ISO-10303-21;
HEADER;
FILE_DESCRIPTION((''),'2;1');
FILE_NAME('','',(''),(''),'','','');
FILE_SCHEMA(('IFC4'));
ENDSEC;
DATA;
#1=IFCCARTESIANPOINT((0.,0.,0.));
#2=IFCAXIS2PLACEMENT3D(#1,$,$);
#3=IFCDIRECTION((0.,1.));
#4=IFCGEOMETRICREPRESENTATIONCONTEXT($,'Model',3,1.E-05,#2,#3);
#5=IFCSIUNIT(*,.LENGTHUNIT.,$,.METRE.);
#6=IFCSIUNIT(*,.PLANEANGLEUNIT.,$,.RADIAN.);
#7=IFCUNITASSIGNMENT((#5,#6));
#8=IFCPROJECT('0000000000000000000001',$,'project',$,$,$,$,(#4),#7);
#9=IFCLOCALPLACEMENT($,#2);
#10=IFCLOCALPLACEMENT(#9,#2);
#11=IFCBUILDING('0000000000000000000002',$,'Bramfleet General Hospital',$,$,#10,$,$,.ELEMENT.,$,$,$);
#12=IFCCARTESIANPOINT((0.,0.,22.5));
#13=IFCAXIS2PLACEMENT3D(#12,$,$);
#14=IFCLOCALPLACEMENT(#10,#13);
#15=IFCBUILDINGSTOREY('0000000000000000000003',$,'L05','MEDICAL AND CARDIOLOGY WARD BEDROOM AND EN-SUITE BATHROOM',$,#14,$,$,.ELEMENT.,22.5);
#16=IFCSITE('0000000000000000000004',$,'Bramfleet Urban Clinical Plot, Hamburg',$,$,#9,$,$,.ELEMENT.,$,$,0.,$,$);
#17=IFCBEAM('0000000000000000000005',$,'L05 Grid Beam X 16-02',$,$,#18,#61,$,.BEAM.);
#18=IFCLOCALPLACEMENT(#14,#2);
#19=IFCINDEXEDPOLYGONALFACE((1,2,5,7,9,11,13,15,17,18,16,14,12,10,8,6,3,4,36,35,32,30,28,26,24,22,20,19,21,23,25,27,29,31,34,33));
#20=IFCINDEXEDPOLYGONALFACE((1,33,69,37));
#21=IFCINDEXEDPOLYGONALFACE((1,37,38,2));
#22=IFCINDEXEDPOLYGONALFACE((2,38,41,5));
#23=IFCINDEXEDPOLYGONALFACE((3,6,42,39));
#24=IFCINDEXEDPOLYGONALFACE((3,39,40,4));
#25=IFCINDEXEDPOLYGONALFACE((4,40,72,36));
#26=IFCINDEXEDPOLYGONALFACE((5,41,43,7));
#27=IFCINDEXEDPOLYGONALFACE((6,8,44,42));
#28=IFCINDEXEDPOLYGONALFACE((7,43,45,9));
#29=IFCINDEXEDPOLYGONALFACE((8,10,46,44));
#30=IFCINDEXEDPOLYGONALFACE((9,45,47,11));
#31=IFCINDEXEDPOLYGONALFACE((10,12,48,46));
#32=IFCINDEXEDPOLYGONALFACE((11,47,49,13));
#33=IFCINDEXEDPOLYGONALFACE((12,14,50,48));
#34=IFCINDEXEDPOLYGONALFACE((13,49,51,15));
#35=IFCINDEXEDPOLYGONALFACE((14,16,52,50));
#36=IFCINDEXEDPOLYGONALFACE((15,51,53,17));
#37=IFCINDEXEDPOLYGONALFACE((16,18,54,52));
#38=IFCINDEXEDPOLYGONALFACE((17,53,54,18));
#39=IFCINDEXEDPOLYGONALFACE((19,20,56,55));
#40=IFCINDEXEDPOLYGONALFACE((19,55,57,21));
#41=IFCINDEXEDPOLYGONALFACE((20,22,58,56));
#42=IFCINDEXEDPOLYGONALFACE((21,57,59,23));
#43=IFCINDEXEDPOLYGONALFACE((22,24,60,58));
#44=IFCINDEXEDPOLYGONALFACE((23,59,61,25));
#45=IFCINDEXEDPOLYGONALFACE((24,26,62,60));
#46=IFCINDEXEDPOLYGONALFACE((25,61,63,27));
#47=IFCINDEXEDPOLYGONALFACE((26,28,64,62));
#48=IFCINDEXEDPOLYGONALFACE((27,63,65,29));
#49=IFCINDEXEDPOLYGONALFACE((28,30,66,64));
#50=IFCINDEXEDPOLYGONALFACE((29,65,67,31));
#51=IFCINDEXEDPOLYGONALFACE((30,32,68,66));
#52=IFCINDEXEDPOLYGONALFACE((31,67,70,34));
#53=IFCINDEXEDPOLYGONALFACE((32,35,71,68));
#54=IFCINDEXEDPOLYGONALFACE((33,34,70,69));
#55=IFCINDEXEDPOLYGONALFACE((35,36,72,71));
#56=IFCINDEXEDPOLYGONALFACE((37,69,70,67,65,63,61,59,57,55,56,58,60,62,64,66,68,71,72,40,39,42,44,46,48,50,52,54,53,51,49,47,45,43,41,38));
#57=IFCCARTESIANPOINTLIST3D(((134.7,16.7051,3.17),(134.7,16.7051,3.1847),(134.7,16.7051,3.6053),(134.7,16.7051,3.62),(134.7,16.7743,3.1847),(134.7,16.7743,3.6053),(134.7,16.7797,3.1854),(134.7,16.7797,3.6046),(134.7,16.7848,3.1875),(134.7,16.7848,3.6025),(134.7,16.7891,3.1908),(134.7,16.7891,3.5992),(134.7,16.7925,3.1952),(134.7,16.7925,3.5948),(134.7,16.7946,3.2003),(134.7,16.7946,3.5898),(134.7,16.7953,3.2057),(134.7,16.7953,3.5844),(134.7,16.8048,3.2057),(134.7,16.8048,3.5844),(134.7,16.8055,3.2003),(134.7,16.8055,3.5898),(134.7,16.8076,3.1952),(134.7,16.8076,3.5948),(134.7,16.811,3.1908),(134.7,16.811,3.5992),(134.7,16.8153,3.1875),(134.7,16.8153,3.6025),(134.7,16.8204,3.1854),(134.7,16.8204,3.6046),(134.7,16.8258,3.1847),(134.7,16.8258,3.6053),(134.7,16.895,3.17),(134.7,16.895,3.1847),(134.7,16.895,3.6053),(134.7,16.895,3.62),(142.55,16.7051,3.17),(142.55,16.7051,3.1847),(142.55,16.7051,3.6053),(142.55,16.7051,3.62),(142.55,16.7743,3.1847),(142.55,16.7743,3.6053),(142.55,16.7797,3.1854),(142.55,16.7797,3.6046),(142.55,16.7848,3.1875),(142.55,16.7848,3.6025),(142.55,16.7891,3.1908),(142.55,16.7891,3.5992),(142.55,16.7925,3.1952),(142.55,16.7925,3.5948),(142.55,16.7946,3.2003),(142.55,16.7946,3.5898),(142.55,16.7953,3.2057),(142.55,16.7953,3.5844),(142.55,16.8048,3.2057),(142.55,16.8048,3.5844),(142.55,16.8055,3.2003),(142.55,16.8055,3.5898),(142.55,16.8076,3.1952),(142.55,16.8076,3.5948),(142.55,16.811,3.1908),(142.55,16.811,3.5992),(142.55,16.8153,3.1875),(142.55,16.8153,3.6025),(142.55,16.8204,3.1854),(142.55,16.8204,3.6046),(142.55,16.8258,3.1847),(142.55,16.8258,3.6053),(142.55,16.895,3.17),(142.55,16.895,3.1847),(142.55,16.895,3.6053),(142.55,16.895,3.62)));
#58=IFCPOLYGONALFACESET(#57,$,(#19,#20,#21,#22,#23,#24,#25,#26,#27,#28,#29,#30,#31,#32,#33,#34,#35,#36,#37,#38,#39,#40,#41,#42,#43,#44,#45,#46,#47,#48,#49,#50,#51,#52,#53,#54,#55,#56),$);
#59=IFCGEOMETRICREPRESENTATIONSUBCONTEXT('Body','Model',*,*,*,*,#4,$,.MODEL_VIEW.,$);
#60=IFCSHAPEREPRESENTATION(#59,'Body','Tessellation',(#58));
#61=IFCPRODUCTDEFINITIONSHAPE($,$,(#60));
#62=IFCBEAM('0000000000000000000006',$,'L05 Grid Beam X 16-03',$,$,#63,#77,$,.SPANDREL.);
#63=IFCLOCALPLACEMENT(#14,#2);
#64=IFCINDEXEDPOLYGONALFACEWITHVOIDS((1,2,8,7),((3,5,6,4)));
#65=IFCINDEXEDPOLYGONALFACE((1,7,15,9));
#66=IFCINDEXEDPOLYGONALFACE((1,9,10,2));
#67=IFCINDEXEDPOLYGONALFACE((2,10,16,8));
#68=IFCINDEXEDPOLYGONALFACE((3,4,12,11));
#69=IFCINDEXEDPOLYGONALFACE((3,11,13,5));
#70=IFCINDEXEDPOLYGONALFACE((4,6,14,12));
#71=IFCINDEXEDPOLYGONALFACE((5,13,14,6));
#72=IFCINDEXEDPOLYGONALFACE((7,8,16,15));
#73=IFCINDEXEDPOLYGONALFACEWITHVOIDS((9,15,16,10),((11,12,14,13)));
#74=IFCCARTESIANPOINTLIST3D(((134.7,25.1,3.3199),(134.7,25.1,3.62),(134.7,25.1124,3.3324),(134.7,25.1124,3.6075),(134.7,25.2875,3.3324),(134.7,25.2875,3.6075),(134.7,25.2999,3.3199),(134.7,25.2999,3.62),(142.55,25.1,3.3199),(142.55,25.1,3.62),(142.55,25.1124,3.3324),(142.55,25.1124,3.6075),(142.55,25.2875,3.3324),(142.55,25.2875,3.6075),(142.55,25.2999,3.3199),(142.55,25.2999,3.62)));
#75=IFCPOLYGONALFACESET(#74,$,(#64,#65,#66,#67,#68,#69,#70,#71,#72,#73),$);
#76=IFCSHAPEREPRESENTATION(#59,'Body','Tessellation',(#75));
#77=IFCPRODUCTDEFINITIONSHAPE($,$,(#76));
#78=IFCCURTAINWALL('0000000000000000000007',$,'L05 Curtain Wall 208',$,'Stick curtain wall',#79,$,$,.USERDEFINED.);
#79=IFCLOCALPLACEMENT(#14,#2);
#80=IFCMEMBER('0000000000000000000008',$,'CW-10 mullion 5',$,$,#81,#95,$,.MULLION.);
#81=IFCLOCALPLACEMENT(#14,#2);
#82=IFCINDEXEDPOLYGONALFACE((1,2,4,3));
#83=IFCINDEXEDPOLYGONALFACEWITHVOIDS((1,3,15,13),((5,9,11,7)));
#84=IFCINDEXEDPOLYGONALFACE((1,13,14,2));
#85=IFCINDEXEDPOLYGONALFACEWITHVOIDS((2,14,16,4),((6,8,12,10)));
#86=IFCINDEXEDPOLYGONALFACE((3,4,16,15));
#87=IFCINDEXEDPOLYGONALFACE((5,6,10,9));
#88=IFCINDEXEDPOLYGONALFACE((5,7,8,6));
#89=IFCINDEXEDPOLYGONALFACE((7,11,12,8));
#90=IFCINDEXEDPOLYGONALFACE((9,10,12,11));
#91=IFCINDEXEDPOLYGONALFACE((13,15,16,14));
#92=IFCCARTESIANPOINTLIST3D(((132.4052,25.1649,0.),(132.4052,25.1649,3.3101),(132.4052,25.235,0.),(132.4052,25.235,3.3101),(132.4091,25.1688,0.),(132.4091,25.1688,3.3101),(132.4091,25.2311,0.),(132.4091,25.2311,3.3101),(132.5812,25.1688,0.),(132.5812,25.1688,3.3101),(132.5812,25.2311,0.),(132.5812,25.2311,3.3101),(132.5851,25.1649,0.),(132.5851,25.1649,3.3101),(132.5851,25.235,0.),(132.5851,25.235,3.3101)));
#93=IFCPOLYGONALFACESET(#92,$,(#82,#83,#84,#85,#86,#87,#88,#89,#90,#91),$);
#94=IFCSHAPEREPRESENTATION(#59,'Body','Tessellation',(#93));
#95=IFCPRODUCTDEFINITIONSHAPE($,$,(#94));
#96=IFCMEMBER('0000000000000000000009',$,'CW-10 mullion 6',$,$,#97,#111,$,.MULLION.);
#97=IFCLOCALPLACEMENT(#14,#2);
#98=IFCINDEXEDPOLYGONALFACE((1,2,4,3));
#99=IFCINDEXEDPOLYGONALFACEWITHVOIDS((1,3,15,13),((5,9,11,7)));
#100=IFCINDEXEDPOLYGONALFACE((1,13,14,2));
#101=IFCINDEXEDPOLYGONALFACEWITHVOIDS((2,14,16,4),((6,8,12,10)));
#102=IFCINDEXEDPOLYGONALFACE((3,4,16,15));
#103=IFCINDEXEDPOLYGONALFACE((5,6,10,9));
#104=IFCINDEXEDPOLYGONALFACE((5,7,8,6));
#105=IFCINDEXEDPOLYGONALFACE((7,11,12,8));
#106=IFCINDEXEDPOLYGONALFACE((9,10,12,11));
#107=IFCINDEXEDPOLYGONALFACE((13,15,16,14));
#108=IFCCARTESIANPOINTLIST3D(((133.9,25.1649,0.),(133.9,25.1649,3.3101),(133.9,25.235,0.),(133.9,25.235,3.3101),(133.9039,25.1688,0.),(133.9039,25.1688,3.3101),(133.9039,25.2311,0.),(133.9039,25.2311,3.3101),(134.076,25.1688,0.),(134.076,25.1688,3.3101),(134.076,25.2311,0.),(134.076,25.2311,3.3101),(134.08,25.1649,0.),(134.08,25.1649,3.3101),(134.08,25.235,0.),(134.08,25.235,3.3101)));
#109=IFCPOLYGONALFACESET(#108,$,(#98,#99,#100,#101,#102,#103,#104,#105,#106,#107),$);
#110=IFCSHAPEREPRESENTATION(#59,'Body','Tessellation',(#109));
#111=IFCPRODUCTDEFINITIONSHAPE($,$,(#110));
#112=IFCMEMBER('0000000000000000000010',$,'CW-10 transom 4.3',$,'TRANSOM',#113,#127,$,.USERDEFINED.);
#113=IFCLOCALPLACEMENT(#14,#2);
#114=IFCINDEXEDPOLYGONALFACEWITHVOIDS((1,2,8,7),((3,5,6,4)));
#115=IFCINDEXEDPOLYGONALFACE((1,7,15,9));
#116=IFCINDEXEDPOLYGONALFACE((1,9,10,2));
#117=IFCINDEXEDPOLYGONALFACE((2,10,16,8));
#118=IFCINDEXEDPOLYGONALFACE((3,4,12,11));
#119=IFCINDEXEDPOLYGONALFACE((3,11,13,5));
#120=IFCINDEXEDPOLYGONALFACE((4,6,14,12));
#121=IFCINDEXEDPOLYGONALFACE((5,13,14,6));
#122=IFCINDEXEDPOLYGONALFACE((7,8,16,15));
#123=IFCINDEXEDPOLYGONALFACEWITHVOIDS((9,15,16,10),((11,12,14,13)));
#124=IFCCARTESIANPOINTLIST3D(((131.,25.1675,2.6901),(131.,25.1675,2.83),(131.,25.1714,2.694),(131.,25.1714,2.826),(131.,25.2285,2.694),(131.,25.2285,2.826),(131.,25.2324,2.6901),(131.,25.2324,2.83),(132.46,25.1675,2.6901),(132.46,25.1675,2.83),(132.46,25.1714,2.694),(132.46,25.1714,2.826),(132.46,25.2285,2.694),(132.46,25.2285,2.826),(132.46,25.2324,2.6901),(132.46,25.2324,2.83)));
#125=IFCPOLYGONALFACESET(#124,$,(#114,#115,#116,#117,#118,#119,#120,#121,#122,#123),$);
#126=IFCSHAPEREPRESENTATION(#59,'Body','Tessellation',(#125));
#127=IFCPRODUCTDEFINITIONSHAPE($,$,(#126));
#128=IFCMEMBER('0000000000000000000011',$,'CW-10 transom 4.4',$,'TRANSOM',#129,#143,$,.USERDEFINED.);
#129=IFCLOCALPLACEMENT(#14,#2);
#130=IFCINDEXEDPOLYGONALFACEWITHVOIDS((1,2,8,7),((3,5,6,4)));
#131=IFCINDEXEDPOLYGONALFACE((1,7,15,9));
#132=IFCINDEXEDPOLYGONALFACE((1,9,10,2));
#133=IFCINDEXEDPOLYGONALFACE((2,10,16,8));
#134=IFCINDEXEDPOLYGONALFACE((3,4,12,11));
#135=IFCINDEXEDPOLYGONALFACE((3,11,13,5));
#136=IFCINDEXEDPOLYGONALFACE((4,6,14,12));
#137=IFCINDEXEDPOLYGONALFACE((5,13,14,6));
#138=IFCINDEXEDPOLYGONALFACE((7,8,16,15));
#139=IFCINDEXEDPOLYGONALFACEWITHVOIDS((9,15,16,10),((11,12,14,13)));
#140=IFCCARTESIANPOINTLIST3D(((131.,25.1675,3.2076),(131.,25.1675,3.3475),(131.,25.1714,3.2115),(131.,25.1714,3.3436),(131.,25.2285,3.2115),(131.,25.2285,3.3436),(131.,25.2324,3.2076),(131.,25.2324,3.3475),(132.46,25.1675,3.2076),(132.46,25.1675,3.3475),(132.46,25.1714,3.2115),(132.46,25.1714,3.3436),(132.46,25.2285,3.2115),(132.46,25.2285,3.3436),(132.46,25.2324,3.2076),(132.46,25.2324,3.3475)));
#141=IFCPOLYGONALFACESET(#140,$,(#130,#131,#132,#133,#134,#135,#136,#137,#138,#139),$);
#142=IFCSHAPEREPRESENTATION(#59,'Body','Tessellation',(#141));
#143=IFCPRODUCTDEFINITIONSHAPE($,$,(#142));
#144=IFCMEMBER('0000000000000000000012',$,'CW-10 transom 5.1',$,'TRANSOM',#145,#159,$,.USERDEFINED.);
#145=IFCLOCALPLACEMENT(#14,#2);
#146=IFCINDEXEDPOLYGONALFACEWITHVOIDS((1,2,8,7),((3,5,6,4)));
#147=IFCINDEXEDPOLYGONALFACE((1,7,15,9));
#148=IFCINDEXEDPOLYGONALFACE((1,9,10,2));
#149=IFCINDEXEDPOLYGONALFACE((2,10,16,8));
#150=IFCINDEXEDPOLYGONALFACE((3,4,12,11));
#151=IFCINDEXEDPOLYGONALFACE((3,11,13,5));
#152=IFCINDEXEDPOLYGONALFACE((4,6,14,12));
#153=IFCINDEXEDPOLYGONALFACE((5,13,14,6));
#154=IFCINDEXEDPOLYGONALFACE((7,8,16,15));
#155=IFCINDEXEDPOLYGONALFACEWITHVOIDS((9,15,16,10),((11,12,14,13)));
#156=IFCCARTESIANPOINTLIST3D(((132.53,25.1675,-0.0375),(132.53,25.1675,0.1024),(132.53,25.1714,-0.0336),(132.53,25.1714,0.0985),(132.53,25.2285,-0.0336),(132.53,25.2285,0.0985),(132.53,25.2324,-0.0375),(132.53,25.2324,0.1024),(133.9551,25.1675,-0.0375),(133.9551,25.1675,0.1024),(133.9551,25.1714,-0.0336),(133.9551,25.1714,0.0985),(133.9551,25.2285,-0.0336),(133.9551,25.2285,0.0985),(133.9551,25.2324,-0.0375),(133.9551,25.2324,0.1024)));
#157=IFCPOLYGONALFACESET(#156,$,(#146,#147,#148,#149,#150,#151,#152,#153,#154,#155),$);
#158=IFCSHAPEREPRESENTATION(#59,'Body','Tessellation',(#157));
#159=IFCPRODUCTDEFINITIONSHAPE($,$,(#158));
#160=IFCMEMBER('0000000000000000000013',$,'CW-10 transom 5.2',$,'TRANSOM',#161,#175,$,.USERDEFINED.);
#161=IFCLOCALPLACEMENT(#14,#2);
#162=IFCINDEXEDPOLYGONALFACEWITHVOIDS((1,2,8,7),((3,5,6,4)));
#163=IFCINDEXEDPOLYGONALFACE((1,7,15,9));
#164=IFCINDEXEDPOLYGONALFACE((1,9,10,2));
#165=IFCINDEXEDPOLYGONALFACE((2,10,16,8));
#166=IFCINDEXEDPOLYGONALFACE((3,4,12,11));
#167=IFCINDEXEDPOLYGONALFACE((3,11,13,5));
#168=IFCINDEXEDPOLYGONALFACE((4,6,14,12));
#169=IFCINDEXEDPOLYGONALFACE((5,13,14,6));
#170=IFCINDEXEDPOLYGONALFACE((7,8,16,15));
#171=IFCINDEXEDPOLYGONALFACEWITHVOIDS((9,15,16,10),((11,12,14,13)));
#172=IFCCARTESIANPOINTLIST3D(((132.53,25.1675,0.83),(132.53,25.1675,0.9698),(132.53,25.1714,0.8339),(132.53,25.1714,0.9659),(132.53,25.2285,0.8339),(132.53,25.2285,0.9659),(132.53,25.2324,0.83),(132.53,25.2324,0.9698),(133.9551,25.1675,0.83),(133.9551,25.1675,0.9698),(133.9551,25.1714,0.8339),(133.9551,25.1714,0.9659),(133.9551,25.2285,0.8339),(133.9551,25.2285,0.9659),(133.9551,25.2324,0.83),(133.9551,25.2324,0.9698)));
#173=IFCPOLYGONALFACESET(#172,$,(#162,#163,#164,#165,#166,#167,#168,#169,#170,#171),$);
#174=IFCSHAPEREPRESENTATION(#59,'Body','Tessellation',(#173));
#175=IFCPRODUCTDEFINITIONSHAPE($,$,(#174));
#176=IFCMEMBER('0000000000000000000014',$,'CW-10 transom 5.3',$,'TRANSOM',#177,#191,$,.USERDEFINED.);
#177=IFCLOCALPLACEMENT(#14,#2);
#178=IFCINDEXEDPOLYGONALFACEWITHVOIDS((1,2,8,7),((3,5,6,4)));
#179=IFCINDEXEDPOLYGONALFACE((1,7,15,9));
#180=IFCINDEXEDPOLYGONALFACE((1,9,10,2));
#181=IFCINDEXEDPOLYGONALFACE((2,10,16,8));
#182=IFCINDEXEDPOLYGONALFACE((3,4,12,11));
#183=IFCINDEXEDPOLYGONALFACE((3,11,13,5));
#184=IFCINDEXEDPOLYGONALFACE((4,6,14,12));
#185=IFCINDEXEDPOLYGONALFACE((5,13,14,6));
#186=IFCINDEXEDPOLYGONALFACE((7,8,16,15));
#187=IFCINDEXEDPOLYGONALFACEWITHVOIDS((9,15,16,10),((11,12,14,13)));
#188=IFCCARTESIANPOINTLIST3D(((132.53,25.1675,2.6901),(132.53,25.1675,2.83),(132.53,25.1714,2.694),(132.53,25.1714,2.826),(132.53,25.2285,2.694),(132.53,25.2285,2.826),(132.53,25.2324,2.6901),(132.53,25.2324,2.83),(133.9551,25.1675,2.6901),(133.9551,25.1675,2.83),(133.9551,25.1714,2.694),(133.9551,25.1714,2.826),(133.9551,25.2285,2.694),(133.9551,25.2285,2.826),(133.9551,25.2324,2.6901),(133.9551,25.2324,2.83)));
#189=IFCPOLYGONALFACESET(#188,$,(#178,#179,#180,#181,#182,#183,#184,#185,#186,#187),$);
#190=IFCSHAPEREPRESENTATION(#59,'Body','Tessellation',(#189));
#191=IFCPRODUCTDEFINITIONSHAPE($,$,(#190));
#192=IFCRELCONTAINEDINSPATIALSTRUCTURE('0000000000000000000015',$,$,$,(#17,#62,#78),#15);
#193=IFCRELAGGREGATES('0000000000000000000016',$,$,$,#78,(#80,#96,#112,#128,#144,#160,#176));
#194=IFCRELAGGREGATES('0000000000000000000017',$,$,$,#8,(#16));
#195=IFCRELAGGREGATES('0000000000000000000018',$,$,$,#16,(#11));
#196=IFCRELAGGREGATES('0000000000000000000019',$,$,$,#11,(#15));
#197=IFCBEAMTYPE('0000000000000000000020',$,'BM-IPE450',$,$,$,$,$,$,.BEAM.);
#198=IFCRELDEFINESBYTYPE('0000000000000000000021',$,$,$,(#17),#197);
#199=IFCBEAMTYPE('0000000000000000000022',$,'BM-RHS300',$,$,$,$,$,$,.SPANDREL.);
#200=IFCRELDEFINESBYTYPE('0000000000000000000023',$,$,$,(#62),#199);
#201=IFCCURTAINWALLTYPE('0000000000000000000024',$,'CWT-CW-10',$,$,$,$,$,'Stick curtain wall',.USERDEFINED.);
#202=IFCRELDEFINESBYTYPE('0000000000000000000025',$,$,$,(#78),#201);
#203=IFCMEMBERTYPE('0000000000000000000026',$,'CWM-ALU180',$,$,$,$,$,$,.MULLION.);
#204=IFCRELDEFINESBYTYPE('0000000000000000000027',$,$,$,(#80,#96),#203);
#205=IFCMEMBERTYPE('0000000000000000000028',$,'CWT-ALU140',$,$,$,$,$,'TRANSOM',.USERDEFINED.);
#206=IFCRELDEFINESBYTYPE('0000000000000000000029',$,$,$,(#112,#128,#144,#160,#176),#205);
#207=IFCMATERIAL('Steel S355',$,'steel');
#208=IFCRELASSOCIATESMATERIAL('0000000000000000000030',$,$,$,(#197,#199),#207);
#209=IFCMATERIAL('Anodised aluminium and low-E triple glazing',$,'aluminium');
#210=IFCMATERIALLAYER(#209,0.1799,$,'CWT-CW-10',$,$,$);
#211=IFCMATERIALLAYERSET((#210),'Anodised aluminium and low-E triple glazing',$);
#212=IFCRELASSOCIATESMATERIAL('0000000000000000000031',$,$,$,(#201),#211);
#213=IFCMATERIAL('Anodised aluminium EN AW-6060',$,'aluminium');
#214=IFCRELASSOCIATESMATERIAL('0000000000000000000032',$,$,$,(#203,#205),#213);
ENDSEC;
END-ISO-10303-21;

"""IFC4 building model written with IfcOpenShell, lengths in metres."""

from ifc_helpers import new_model, si_unit, direction, frame, origin, origin_2d, place, context, subcontext, project, spatial, hollow_rectangle, i_section, extrude, material, layer, layer_set, material_profile, profile_set, type_object, element, aggregate, save


model = new_model("IFC4")

# Units and contexts
model_context = context("Model", 3, precision=1e-05, world=origin(), true_north=direction((0.0, 1.0)))
body_context = subcontext(model_context, "Body", "Model", "MODEL_VIEW")
ifc_project = project(units=[si_unit("LENGTHUNIT", "METRE"), si_unit("PLANEANGLEUNIT", "RADIAN")], contexts=[model_context])

# Site, building, storey
site_placement = place(None, origin())
site = spatial("IfcSite", under=ifc_project, at=site_placement, Name="Bramfleet Urban Clinical Plot, Hamburg", CompositionType="ELEMENT", RefElevation=0.0)
building_placement = place(site_placement, origin())
building = spatial("IfcBuilding", under=site, at=building_placement, Name="Bramfleet General Hospital", CompositionType="ELEMENT")
storey_placement = place(building_placement, frame((0.0, 0.0, 22.5)))
storey = spatial("IfcBuildingStorey", under=building, at=storey_placement, Name="L05", Description="MEDICAL AND CARDIOLOGY WARD BEDROOM AND EN-SUITE BATHROOM", CompositionType="ELEMENT", Elevation=22.5)

# Beams
ifc_material_1 = material(Name="Steel S355", Category="steel")
ifc_material_profile_1 = material_profile(ifc_material_1, i_section(OverallWidth=0.1899, OverallDepth=0.45, WebThickness=0.0095, FlangeThickness=0.0146, FilletRadius=0.021, at=origin_2d()), Name="IPE 450")
ifc_profile_set_1 = profile_set([ifc_material_profile_1], Name="Steel S355")
beam_type_1 = type_object("IfcBeamType", Name="BM-IPE450", PredefinedType="BEAM", material=ifc_profile_set_1)
beam_1_placement = place(storey_placement, frame((134.7, 16.8, 3.395), z_axis=(1.0, 0.0, 0.0), x_axis=(0.0, 1.0, 0.0)))
element("IfcBeam", 1, at=beam_1_placement, inside=storey, type_object=beam_type_1, Name="L05 Grid Beam X 16-02", PredefinedType="BEAM", context=body_context, shape_type="SweptSolid", body=[
    extrude(i_section(OverallWidth=0.1899, OverallDepth=0.45, WebThickness=0.0095, FlangeThickness=0.0146, FilletRadius=0.021, at=origin_2d()), origin(), (0.0, 0.0, 1.0), 7.8501),
])
ifc_material_profile_2 = material_profile(ifc_material_1, hollow_rectangle(XDim=0.2, YDim=0.3, WallThickness=0.0125, at=origin_2d()), Name="RHS 300x200x12.5")
ifc_profile_set_2 = profile_set([ifc_material_profile_2], Name="Steel S355")
beam_type_2 = type_object("IfcBeamType", Name="BM-RHS300", PredefinedType="SPANDREL", material=ifc_profile_set_2)
beam_2_placement = place(storey_placement, frame((134.7, 25.2, 3.47), z_axis=(1.0, 0.0, 0.0), x_axis=(0.0, 1.0, 0.0)))
element("IfcBeam", 2, at=beam_2_placement, inside=storey, type_object=beam_type_2, Name="L05 Grid Beam X 16-03", PredefinedType="SPANDREL", context=body_context, shape_type="SweptSolid", body=[
    extrude(hollow_rectangle(XDim=0.2, YDim=0.3, WallThickness=0.0125, at=origin_2d()), origin(), (0.0, 0.0, 1.0), 7.8501),
])

# Curtain wall, members
ifc_material_2 = material(Name="Anodised aluminium and low-E triple glazing", Category="aluminium")
ifc_layer_1 = layer(ifc_material_2, 0.1799, Name="CWT-CW-10")
ifc_layer_set_1 = layer_set([ifc_layer_1], Name="Anodised aluminium and low-E triple glazing")
curtain_wall_type = type_object("IfcCurtainWallType", Name="CWT-CW-10", ElementType="Stick curtain wall", PredefinedType="USERDEFINED", material=ifc_layer_set_1)
curtain_wall_placement = place(storey_placement, origin())
curtain_wall = element("IfcCurtainWall", 3, at=curtain_wall_placement, inside=storey, type_object=curtain_wall_type, Name="L05 Curtain Wall 208", ObjectType="Stick curtain wall", PredefinedType="USERDEFINED")
ifc_material_3 = material(Name="Anodised aluminium EN AW-6060", Category="aluminium")
ifc_material_profile_3 = material_profile(ifc_material_3, hollow_rectangle(XDim=0.0701, YDim=0.1799, WallThickness=0.0039, at=origin_2d()), Name="ALU 180x70x4.0")
ifc_profile_set_3 = profile_set([ifc_material_profile_3], Name="Anodised aluminium EN AW-6060")
member_type_1 = type_object("IfcMemberType", Name="CWM-ALU180", PredefinedType="MULLION", material=ifc_profile_set_3)
member_1_placement = place(storey_placement, frame((132.4951, 25.2, 0.0), z_axis=(0.0, 0.0, 1.0), x_axis=(0.0, 1.0, 0.0)))
member_1 = element("IfcMember", 4, at=member_1_placement, type_object=member_type_1, Name="CW-10 mullion 5", PredefinedType="MULLION", context=body_context, shape_type="SweptSolid", body=[
    extrude(hollow_rectangle(XDim=0.0701, YDim=0.1799, WallThickness=0.0039, at=origin_2d()), origin(), (0.0, 0.0, 1.0), 3.3101),
])
member_2_placement = place(storey_placement, frame((133.99, 25.2, 0.0), z_axis=(0.0, 0.0, 1.0), x_axis=(0.0, 1.0, 0.0)))
member_2 = element("IfcMember", 5, at=member_2_placement, type_object=member_type_1, Name="CW-10 mullion 6", PredefinedType="MULLION", context=body_context, shape_type="SweptSolid", body=[
    extrude(hollow_rectangle(XDim=0.0701, YDim=0.1799, WallThickness=0.0039, at=origin_2d()), origin(), (0.0, 0.0, 1.0), 3.3101),
])
ifc_material_profile_4 = material_profile(ifc_material_3, hollow_rectangle(XDim=0.0649, YDim=0.1399, WallThickness=0.0039, at=origin_2d()), Name="ALU 140x65x4.0")
ifc_profile_set_4 = profile_set([ifc_material_profile_4], Name="Anodised aluminium EN AW-6060")
member_type_2 = type_object("IfcMemberType", Name="CWT-ALU140", ElementType="TRANSOM", PredefinedType="USERDEFINED", material=ifc_profile_set_4)
member_3_placement = place(storey_placement, frame((131.0, 25.2, 2.76), z_axis=(1.0, 0.0, 0.0), x_axis=(0.0, 1.0, 0.0)))
member_3 = element("IfcMember", 6, at=member_3_placement, type_object=member_type_2, Name="CW-10 transom 4.3", ObjectType="TRANSOM", PredefinedType="USERDEFINED", context=body_context, shape_type="SweptSolid", body=[
    extrude(hollow_rectangle(XDim=0.0649, YDim=0.1399, WallThickness=0.0039, at=origin_2d()), origin(), (0.0, 0.0, 1.0), 1.46),
])
member_4_placement = place(storey_placement, frame((131.0, 25.2, 3.2776), z_axis=(1.0, 0.0, 0.0), x_axis=(0.0, 1.0, 0.0)))
member_4 = element("IfcMember", 7, at=member_4_placement, type_object=member_type_2, Name="CW-10 transom 4.4", ObjectType="TRANSOM", PredefinedType="USERDEFINED", context=body_context, shape_type="SweptSolid", body=[
    extrude(hollow_rectangle(XDim=0.0649, YDim=0.1399, WallThickness=0.0039, at=origin_2d()), origin(), (0.0, 0.0, 1.0), 1.46),
])
member_5_placement = place(storey_placement, frame((132.53, 25.2, 0.0325), z_axis=(1.0, 0.0, 0.0), x_axis=(0.0, 1.0, 0.0)))
member_5 = element("IfcMember", 8, at=member_5_placement, type_object=member_type_2, Name="CW-10 transom 5.1", ObjectType="TRANSOM", PredefinedType="USERDEFINED", context=body_context, shape_type="SweptSolid", body=[
    extrude(hollow_rectangle(XDim=0.0649, YDim=0.1399, WallThickness=0.0039, at=origin_2d()), origin(), (0.0, 0.0, 1.0), 1.425),
])
member_6_placement = place(storey_placement, frame((132.53, 25.2, 0.8999), z_axis=(1.0, 0.0, 0.0), x_axis=(0.0, 1.0, 0.0)))
member_6 = element("IfcMember", 9, at=member_6_placement, type_object=member_type_2, Name="CW-10 transom 5.2", ObjectType="TRANSOM", PredefinedType="USERDEFINED", context=body_context, shape_type="SweptSolid", body=[
    extrude(hollow_rectangle(XDim=0.0649, YDim=0.1399, WallThickness=0.0039, at=origin_2d()), origin(), (0.0, 0.0, 1.0), 1.425),
])
member_7_placement = place(storey_placement, frame((132.53, 25.2, 2.76), z_axis=(1.0, 0.0, 0.0), x_axis=(0.0, 1.0, 0.0)))
member_7 = element("IfcMember", 10, at=member_7_placement, type_object=member_type_2, Name="CW-10 transom 5.3", ObjectType="TRANSOM", PredefinedType="USERDEFINED", context=body_context, shape_type="SweptSolid", body=[
    extrude(hollow_rectangle(XDim=0.0649, YDim=0.1399, WallThickness=0.0039, at=origin_2d()), origin(), (0.0, 0.0, 1.0), 1.425),
])
aggregate(curtain_wall, [member_1, member_2, member_3, member_4, member_5, member_6, member_7])

save(model, "model.ifc")
